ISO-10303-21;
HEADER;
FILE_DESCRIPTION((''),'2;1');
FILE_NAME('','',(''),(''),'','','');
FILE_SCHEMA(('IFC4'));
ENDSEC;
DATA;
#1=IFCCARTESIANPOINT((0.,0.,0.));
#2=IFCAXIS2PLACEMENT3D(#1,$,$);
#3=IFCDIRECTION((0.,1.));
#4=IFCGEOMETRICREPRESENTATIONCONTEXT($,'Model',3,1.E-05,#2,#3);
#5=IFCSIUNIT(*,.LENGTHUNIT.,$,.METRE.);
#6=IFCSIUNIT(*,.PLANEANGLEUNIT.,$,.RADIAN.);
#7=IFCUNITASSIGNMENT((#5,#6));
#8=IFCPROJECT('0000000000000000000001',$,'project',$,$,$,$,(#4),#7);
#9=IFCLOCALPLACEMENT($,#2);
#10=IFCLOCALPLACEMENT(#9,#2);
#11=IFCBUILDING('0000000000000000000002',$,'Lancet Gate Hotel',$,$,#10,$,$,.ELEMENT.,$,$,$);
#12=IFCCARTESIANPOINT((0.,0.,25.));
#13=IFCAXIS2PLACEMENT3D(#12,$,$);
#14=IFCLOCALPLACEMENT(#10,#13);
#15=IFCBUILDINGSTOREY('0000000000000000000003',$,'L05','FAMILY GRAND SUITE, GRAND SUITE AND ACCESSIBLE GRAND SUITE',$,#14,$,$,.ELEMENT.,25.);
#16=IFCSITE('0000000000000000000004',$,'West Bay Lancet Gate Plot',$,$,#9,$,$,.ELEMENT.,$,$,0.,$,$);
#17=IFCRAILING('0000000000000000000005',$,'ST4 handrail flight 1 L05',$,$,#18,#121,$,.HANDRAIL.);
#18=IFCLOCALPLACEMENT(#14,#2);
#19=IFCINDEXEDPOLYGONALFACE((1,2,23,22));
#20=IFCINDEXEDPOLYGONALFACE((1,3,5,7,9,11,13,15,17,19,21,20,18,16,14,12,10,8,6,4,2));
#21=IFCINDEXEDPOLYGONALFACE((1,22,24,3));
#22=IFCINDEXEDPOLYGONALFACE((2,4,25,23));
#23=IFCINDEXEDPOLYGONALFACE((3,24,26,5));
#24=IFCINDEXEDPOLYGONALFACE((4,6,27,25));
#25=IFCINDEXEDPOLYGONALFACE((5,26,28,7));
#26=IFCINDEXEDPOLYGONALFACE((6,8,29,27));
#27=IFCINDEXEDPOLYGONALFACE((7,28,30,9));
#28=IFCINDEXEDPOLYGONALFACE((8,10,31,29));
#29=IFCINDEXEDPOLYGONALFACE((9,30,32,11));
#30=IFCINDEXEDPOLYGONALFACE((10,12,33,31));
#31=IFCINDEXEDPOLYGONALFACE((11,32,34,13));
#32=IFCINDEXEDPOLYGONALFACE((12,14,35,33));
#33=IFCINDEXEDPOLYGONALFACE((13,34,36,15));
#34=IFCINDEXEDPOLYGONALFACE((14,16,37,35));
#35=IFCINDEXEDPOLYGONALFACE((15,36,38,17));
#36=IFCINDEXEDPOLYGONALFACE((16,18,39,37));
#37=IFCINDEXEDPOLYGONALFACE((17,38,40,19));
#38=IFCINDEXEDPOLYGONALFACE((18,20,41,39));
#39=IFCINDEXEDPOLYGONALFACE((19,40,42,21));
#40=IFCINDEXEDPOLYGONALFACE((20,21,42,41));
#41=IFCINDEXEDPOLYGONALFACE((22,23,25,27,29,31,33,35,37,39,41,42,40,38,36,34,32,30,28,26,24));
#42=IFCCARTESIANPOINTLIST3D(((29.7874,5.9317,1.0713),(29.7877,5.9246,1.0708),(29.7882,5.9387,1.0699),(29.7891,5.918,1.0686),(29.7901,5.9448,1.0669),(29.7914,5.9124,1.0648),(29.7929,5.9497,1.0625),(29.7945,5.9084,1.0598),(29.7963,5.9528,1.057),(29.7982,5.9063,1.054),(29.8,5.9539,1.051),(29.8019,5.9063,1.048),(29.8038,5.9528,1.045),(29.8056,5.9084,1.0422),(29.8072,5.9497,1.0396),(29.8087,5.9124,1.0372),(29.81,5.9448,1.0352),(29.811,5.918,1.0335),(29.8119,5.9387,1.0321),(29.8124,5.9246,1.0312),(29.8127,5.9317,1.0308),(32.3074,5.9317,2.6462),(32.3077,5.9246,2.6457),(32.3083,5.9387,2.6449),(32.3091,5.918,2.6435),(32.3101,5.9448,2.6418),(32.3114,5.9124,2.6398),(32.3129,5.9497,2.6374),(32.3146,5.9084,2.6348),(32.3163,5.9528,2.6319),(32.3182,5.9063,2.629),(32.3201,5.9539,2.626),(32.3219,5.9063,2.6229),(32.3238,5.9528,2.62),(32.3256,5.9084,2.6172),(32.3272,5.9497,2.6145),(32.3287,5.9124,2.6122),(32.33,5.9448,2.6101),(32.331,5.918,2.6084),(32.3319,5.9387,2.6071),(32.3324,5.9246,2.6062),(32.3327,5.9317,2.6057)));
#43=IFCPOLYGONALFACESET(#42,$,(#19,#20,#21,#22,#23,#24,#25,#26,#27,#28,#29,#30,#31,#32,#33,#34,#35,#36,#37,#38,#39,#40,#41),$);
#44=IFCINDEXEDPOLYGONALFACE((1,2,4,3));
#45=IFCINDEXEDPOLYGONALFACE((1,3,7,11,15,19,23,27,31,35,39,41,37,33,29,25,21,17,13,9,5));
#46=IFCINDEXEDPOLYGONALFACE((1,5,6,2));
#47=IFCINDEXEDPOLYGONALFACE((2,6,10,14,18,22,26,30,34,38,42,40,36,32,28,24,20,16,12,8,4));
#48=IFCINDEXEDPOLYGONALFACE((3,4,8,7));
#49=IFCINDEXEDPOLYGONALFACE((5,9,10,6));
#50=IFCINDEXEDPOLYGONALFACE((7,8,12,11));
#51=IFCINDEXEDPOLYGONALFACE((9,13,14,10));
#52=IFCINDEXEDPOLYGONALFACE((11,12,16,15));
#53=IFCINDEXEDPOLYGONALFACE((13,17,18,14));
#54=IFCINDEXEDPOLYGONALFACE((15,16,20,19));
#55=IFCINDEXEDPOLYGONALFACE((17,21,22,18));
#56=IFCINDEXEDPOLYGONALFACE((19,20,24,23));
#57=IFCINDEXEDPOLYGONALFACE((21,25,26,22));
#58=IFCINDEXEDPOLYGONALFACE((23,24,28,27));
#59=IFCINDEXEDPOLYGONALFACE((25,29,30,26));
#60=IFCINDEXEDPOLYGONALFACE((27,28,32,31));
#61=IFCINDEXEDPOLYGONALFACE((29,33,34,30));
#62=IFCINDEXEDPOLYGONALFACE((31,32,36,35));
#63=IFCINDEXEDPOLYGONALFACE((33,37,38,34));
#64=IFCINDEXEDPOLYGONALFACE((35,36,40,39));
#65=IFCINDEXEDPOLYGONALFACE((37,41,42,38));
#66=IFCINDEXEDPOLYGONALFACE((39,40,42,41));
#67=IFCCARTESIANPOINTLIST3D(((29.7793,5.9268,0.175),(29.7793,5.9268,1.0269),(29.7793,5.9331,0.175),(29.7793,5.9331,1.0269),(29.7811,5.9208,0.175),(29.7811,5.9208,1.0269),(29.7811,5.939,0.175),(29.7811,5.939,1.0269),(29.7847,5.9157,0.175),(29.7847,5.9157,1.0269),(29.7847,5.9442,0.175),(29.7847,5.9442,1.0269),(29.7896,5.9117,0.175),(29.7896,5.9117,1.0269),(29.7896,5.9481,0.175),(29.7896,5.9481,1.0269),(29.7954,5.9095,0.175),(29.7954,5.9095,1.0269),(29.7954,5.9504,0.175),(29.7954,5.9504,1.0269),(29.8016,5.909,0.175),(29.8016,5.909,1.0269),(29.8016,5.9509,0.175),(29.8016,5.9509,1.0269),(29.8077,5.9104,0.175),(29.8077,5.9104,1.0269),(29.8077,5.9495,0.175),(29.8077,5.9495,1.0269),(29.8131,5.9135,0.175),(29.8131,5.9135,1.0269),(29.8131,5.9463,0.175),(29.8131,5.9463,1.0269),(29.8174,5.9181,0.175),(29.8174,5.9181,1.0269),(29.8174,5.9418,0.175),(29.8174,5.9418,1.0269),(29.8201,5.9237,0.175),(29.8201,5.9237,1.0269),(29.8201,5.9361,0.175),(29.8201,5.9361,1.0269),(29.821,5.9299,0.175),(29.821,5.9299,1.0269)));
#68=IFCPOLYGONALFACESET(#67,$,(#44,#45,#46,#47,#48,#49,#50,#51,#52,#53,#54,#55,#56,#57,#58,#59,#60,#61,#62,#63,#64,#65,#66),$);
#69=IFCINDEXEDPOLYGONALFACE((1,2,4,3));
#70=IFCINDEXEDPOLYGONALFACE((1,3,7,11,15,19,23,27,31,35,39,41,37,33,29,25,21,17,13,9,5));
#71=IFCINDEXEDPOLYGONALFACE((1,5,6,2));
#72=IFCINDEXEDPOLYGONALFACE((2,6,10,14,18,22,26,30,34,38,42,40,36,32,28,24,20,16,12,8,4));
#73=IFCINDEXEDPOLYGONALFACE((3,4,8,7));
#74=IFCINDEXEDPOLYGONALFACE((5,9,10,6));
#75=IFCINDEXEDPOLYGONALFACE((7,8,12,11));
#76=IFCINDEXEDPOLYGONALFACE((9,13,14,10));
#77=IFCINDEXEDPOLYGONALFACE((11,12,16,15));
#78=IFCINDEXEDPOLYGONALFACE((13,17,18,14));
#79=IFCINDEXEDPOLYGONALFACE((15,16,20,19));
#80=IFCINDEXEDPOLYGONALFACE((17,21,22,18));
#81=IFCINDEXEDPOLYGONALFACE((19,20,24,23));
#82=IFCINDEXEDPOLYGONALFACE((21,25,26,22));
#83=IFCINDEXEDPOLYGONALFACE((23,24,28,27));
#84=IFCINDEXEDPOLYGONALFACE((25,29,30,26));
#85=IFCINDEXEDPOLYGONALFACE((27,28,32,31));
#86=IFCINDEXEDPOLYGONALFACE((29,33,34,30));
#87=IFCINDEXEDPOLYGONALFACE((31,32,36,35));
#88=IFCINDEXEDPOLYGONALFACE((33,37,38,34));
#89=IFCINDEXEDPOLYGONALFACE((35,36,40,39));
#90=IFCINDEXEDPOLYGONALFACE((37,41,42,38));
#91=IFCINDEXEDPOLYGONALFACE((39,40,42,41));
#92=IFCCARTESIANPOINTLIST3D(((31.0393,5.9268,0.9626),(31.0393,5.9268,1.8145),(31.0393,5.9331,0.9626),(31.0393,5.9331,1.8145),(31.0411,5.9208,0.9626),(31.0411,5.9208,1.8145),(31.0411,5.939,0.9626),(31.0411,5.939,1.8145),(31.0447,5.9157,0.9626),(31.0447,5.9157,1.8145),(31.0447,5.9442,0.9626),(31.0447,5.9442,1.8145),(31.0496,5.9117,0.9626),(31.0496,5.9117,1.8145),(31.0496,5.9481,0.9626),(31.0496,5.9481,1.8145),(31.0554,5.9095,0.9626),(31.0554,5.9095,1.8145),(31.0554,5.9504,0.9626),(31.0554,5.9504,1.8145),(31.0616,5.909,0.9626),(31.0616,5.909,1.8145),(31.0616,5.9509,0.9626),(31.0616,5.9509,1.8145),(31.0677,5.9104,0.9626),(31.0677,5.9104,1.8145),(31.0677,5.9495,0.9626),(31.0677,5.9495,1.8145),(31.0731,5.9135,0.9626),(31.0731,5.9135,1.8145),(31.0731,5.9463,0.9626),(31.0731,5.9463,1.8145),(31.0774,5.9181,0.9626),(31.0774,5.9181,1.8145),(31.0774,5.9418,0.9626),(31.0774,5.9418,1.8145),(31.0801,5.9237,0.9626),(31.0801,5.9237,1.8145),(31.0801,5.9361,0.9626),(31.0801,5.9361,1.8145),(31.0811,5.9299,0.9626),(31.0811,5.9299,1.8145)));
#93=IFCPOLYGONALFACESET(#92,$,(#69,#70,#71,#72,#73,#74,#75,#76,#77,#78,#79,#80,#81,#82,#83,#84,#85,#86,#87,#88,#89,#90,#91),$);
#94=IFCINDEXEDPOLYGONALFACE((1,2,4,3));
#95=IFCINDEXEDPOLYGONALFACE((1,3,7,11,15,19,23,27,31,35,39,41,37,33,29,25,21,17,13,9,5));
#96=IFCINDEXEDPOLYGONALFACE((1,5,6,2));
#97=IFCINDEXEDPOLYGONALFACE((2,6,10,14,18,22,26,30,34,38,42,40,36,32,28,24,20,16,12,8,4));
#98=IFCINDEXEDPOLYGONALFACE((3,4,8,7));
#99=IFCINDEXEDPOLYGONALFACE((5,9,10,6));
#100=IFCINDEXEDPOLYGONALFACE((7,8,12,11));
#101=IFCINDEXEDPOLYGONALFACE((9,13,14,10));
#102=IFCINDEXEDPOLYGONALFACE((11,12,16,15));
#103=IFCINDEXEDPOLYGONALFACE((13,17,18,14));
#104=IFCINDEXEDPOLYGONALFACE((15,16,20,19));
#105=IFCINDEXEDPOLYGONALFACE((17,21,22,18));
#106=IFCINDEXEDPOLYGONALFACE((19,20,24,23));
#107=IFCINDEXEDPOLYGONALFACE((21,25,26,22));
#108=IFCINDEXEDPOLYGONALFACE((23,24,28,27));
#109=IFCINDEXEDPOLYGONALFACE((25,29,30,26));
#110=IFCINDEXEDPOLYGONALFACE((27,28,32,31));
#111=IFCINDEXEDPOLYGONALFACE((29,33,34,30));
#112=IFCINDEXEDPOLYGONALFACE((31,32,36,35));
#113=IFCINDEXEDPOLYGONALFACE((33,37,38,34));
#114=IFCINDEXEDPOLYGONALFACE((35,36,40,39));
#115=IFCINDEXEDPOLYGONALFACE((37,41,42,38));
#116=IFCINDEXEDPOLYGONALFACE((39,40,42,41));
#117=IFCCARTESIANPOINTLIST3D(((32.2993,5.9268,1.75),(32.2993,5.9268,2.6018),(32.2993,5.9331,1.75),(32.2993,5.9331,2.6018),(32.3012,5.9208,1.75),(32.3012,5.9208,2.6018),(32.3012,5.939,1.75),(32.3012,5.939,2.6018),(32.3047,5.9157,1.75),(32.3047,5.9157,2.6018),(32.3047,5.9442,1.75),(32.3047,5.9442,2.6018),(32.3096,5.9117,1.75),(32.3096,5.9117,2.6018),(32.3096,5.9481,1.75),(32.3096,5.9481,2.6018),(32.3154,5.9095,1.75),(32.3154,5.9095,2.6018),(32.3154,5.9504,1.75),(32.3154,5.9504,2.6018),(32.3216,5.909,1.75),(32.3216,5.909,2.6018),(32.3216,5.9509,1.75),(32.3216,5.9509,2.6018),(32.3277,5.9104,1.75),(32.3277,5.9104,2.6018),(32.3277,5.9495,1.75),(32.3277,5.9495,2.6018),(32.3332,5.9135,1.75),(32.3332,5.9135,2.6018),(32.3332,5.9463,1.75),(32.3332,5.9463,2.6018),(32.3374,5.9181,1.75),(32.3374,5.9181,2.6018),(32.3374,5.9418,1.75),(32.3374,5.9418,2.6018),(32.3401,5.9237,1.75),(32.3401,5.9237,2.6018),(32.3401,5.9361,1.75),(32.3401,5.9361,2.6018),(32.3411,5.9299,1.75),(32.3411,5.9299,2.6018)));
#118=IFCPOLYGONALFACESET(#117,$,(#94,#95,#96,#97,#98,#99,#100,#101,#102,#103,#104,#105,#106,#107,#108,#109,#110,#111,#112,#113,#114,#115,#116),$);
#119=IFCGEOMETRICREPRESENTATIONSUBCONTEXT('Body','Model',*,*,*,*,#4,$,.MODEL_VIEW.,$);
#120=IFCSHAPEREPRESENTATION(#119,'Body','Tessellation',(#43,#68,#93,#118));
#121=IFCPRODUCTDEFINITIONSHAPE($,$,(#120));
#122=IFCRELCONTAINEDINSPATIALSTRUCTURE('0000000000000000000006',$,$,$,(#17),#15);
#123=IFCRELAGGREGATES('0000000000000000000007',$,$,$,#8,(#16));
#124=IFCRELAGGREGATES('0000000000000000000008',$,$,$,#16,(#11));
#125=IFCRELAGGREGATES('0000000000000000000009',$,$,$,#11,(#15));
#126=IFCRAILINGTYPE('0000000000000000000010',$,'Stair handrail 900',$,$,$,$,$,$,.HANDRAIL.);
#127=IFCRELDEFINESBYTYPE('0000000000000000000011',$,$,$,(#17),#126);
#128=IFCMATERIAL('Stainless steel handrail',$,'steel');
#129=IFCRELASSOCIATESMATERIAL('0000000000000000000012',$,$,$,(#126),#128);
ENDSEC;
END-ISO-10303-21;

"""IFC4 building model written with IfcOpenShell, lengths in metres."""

from ifc_helpers import new_model, si_unit, direction, frame, origin, origin_2d, place, context, subcontext, project, spatial, circle, extrude, material, type_object, element, save


model = new_model("IFC4")

# Units and contexts
model_context = context("Model", 3, precision=1e-05, world=origin(), true_north=direction((0.0, 1.0)))
body_context = subcontext(model_context, "Body", "Model", "MODEL_VIEW")
ifc_project = project(units=[si_unit("LENGTHUNIT", "METRE"), si_unit("PLANEANGLEUNIT", "RADIAN")], contexts=[model_context])

# Site, building, storey
site_placement = place(None, origin())
site = spatial("IfcSite", under=ifc_project, at=site_placement, Name="West Bay Lancet Gate Plot", CompositionType="ELEMENT", RefElevation=0.0)
building_placement = place(site_placement, origin())
building = spatial("IfcBuilding", under=site, at=building_placement, Name="Lancet Gate Hotel", CompositionType="ELEMENT")
storey_placement = place(building_placement, frame((0.0, 0.0, 25.0)))
storey = spatial("IfcBuildingStorey", under=building, at=storey_placement, Name="L05", Description="FAMILY GRAND SUITE, GRAND SUITE AND ACCESSIBLE GRAND SUITE", CompositionType="ELEMENT", Elevation=25.0)

# Railing
ifc_material_1 = material(Name="Stainless steel handrail", Category="steel")
railing_type = type_object("IfcRailingType", Name="Stair handrail 900", PredefinedType="HANDRAIL", material=ifc_material_1)
railing_1_placement = place(storey_placement, frame((29.8, 5.9299, 0.175)))
element("IfcRailing", 1, at=railing_1_placement, inside=storey, type_object=railing_type, Name="ST4 handrail flight 1 L05", PredefinedType="HANDRAIL", context=body_context, shape_type="SweptSolid", body=[
    extrude(circle(Radius=0.0239, at=origin_2d()), frame((0.0, 0.0, 0.876), z_axis=(0.848008, 0.0, 0.529984), x_axis=(0.0, 1.0, 0.0)), (0.0, 0.0, 1.0), 2.9717),
    extrude(circle(Radius=0.021, at=origin_2d()), origin(), (0.0, 0.0, 1.0), 0.8518),
    extrude(circle(Radius=0.021, at=origin_2d()), frame((1.26, 0.0, 0.7876)), (0.0, 0.0, 1.0), 0.8518),
    extrude(circle(Radius=0.021, at=origin_2d()), frame((2.52, 0.0, 1.575)), (0.0, 0.0, 1.0), 0.8518),
])

save(model, "model.ifc")
